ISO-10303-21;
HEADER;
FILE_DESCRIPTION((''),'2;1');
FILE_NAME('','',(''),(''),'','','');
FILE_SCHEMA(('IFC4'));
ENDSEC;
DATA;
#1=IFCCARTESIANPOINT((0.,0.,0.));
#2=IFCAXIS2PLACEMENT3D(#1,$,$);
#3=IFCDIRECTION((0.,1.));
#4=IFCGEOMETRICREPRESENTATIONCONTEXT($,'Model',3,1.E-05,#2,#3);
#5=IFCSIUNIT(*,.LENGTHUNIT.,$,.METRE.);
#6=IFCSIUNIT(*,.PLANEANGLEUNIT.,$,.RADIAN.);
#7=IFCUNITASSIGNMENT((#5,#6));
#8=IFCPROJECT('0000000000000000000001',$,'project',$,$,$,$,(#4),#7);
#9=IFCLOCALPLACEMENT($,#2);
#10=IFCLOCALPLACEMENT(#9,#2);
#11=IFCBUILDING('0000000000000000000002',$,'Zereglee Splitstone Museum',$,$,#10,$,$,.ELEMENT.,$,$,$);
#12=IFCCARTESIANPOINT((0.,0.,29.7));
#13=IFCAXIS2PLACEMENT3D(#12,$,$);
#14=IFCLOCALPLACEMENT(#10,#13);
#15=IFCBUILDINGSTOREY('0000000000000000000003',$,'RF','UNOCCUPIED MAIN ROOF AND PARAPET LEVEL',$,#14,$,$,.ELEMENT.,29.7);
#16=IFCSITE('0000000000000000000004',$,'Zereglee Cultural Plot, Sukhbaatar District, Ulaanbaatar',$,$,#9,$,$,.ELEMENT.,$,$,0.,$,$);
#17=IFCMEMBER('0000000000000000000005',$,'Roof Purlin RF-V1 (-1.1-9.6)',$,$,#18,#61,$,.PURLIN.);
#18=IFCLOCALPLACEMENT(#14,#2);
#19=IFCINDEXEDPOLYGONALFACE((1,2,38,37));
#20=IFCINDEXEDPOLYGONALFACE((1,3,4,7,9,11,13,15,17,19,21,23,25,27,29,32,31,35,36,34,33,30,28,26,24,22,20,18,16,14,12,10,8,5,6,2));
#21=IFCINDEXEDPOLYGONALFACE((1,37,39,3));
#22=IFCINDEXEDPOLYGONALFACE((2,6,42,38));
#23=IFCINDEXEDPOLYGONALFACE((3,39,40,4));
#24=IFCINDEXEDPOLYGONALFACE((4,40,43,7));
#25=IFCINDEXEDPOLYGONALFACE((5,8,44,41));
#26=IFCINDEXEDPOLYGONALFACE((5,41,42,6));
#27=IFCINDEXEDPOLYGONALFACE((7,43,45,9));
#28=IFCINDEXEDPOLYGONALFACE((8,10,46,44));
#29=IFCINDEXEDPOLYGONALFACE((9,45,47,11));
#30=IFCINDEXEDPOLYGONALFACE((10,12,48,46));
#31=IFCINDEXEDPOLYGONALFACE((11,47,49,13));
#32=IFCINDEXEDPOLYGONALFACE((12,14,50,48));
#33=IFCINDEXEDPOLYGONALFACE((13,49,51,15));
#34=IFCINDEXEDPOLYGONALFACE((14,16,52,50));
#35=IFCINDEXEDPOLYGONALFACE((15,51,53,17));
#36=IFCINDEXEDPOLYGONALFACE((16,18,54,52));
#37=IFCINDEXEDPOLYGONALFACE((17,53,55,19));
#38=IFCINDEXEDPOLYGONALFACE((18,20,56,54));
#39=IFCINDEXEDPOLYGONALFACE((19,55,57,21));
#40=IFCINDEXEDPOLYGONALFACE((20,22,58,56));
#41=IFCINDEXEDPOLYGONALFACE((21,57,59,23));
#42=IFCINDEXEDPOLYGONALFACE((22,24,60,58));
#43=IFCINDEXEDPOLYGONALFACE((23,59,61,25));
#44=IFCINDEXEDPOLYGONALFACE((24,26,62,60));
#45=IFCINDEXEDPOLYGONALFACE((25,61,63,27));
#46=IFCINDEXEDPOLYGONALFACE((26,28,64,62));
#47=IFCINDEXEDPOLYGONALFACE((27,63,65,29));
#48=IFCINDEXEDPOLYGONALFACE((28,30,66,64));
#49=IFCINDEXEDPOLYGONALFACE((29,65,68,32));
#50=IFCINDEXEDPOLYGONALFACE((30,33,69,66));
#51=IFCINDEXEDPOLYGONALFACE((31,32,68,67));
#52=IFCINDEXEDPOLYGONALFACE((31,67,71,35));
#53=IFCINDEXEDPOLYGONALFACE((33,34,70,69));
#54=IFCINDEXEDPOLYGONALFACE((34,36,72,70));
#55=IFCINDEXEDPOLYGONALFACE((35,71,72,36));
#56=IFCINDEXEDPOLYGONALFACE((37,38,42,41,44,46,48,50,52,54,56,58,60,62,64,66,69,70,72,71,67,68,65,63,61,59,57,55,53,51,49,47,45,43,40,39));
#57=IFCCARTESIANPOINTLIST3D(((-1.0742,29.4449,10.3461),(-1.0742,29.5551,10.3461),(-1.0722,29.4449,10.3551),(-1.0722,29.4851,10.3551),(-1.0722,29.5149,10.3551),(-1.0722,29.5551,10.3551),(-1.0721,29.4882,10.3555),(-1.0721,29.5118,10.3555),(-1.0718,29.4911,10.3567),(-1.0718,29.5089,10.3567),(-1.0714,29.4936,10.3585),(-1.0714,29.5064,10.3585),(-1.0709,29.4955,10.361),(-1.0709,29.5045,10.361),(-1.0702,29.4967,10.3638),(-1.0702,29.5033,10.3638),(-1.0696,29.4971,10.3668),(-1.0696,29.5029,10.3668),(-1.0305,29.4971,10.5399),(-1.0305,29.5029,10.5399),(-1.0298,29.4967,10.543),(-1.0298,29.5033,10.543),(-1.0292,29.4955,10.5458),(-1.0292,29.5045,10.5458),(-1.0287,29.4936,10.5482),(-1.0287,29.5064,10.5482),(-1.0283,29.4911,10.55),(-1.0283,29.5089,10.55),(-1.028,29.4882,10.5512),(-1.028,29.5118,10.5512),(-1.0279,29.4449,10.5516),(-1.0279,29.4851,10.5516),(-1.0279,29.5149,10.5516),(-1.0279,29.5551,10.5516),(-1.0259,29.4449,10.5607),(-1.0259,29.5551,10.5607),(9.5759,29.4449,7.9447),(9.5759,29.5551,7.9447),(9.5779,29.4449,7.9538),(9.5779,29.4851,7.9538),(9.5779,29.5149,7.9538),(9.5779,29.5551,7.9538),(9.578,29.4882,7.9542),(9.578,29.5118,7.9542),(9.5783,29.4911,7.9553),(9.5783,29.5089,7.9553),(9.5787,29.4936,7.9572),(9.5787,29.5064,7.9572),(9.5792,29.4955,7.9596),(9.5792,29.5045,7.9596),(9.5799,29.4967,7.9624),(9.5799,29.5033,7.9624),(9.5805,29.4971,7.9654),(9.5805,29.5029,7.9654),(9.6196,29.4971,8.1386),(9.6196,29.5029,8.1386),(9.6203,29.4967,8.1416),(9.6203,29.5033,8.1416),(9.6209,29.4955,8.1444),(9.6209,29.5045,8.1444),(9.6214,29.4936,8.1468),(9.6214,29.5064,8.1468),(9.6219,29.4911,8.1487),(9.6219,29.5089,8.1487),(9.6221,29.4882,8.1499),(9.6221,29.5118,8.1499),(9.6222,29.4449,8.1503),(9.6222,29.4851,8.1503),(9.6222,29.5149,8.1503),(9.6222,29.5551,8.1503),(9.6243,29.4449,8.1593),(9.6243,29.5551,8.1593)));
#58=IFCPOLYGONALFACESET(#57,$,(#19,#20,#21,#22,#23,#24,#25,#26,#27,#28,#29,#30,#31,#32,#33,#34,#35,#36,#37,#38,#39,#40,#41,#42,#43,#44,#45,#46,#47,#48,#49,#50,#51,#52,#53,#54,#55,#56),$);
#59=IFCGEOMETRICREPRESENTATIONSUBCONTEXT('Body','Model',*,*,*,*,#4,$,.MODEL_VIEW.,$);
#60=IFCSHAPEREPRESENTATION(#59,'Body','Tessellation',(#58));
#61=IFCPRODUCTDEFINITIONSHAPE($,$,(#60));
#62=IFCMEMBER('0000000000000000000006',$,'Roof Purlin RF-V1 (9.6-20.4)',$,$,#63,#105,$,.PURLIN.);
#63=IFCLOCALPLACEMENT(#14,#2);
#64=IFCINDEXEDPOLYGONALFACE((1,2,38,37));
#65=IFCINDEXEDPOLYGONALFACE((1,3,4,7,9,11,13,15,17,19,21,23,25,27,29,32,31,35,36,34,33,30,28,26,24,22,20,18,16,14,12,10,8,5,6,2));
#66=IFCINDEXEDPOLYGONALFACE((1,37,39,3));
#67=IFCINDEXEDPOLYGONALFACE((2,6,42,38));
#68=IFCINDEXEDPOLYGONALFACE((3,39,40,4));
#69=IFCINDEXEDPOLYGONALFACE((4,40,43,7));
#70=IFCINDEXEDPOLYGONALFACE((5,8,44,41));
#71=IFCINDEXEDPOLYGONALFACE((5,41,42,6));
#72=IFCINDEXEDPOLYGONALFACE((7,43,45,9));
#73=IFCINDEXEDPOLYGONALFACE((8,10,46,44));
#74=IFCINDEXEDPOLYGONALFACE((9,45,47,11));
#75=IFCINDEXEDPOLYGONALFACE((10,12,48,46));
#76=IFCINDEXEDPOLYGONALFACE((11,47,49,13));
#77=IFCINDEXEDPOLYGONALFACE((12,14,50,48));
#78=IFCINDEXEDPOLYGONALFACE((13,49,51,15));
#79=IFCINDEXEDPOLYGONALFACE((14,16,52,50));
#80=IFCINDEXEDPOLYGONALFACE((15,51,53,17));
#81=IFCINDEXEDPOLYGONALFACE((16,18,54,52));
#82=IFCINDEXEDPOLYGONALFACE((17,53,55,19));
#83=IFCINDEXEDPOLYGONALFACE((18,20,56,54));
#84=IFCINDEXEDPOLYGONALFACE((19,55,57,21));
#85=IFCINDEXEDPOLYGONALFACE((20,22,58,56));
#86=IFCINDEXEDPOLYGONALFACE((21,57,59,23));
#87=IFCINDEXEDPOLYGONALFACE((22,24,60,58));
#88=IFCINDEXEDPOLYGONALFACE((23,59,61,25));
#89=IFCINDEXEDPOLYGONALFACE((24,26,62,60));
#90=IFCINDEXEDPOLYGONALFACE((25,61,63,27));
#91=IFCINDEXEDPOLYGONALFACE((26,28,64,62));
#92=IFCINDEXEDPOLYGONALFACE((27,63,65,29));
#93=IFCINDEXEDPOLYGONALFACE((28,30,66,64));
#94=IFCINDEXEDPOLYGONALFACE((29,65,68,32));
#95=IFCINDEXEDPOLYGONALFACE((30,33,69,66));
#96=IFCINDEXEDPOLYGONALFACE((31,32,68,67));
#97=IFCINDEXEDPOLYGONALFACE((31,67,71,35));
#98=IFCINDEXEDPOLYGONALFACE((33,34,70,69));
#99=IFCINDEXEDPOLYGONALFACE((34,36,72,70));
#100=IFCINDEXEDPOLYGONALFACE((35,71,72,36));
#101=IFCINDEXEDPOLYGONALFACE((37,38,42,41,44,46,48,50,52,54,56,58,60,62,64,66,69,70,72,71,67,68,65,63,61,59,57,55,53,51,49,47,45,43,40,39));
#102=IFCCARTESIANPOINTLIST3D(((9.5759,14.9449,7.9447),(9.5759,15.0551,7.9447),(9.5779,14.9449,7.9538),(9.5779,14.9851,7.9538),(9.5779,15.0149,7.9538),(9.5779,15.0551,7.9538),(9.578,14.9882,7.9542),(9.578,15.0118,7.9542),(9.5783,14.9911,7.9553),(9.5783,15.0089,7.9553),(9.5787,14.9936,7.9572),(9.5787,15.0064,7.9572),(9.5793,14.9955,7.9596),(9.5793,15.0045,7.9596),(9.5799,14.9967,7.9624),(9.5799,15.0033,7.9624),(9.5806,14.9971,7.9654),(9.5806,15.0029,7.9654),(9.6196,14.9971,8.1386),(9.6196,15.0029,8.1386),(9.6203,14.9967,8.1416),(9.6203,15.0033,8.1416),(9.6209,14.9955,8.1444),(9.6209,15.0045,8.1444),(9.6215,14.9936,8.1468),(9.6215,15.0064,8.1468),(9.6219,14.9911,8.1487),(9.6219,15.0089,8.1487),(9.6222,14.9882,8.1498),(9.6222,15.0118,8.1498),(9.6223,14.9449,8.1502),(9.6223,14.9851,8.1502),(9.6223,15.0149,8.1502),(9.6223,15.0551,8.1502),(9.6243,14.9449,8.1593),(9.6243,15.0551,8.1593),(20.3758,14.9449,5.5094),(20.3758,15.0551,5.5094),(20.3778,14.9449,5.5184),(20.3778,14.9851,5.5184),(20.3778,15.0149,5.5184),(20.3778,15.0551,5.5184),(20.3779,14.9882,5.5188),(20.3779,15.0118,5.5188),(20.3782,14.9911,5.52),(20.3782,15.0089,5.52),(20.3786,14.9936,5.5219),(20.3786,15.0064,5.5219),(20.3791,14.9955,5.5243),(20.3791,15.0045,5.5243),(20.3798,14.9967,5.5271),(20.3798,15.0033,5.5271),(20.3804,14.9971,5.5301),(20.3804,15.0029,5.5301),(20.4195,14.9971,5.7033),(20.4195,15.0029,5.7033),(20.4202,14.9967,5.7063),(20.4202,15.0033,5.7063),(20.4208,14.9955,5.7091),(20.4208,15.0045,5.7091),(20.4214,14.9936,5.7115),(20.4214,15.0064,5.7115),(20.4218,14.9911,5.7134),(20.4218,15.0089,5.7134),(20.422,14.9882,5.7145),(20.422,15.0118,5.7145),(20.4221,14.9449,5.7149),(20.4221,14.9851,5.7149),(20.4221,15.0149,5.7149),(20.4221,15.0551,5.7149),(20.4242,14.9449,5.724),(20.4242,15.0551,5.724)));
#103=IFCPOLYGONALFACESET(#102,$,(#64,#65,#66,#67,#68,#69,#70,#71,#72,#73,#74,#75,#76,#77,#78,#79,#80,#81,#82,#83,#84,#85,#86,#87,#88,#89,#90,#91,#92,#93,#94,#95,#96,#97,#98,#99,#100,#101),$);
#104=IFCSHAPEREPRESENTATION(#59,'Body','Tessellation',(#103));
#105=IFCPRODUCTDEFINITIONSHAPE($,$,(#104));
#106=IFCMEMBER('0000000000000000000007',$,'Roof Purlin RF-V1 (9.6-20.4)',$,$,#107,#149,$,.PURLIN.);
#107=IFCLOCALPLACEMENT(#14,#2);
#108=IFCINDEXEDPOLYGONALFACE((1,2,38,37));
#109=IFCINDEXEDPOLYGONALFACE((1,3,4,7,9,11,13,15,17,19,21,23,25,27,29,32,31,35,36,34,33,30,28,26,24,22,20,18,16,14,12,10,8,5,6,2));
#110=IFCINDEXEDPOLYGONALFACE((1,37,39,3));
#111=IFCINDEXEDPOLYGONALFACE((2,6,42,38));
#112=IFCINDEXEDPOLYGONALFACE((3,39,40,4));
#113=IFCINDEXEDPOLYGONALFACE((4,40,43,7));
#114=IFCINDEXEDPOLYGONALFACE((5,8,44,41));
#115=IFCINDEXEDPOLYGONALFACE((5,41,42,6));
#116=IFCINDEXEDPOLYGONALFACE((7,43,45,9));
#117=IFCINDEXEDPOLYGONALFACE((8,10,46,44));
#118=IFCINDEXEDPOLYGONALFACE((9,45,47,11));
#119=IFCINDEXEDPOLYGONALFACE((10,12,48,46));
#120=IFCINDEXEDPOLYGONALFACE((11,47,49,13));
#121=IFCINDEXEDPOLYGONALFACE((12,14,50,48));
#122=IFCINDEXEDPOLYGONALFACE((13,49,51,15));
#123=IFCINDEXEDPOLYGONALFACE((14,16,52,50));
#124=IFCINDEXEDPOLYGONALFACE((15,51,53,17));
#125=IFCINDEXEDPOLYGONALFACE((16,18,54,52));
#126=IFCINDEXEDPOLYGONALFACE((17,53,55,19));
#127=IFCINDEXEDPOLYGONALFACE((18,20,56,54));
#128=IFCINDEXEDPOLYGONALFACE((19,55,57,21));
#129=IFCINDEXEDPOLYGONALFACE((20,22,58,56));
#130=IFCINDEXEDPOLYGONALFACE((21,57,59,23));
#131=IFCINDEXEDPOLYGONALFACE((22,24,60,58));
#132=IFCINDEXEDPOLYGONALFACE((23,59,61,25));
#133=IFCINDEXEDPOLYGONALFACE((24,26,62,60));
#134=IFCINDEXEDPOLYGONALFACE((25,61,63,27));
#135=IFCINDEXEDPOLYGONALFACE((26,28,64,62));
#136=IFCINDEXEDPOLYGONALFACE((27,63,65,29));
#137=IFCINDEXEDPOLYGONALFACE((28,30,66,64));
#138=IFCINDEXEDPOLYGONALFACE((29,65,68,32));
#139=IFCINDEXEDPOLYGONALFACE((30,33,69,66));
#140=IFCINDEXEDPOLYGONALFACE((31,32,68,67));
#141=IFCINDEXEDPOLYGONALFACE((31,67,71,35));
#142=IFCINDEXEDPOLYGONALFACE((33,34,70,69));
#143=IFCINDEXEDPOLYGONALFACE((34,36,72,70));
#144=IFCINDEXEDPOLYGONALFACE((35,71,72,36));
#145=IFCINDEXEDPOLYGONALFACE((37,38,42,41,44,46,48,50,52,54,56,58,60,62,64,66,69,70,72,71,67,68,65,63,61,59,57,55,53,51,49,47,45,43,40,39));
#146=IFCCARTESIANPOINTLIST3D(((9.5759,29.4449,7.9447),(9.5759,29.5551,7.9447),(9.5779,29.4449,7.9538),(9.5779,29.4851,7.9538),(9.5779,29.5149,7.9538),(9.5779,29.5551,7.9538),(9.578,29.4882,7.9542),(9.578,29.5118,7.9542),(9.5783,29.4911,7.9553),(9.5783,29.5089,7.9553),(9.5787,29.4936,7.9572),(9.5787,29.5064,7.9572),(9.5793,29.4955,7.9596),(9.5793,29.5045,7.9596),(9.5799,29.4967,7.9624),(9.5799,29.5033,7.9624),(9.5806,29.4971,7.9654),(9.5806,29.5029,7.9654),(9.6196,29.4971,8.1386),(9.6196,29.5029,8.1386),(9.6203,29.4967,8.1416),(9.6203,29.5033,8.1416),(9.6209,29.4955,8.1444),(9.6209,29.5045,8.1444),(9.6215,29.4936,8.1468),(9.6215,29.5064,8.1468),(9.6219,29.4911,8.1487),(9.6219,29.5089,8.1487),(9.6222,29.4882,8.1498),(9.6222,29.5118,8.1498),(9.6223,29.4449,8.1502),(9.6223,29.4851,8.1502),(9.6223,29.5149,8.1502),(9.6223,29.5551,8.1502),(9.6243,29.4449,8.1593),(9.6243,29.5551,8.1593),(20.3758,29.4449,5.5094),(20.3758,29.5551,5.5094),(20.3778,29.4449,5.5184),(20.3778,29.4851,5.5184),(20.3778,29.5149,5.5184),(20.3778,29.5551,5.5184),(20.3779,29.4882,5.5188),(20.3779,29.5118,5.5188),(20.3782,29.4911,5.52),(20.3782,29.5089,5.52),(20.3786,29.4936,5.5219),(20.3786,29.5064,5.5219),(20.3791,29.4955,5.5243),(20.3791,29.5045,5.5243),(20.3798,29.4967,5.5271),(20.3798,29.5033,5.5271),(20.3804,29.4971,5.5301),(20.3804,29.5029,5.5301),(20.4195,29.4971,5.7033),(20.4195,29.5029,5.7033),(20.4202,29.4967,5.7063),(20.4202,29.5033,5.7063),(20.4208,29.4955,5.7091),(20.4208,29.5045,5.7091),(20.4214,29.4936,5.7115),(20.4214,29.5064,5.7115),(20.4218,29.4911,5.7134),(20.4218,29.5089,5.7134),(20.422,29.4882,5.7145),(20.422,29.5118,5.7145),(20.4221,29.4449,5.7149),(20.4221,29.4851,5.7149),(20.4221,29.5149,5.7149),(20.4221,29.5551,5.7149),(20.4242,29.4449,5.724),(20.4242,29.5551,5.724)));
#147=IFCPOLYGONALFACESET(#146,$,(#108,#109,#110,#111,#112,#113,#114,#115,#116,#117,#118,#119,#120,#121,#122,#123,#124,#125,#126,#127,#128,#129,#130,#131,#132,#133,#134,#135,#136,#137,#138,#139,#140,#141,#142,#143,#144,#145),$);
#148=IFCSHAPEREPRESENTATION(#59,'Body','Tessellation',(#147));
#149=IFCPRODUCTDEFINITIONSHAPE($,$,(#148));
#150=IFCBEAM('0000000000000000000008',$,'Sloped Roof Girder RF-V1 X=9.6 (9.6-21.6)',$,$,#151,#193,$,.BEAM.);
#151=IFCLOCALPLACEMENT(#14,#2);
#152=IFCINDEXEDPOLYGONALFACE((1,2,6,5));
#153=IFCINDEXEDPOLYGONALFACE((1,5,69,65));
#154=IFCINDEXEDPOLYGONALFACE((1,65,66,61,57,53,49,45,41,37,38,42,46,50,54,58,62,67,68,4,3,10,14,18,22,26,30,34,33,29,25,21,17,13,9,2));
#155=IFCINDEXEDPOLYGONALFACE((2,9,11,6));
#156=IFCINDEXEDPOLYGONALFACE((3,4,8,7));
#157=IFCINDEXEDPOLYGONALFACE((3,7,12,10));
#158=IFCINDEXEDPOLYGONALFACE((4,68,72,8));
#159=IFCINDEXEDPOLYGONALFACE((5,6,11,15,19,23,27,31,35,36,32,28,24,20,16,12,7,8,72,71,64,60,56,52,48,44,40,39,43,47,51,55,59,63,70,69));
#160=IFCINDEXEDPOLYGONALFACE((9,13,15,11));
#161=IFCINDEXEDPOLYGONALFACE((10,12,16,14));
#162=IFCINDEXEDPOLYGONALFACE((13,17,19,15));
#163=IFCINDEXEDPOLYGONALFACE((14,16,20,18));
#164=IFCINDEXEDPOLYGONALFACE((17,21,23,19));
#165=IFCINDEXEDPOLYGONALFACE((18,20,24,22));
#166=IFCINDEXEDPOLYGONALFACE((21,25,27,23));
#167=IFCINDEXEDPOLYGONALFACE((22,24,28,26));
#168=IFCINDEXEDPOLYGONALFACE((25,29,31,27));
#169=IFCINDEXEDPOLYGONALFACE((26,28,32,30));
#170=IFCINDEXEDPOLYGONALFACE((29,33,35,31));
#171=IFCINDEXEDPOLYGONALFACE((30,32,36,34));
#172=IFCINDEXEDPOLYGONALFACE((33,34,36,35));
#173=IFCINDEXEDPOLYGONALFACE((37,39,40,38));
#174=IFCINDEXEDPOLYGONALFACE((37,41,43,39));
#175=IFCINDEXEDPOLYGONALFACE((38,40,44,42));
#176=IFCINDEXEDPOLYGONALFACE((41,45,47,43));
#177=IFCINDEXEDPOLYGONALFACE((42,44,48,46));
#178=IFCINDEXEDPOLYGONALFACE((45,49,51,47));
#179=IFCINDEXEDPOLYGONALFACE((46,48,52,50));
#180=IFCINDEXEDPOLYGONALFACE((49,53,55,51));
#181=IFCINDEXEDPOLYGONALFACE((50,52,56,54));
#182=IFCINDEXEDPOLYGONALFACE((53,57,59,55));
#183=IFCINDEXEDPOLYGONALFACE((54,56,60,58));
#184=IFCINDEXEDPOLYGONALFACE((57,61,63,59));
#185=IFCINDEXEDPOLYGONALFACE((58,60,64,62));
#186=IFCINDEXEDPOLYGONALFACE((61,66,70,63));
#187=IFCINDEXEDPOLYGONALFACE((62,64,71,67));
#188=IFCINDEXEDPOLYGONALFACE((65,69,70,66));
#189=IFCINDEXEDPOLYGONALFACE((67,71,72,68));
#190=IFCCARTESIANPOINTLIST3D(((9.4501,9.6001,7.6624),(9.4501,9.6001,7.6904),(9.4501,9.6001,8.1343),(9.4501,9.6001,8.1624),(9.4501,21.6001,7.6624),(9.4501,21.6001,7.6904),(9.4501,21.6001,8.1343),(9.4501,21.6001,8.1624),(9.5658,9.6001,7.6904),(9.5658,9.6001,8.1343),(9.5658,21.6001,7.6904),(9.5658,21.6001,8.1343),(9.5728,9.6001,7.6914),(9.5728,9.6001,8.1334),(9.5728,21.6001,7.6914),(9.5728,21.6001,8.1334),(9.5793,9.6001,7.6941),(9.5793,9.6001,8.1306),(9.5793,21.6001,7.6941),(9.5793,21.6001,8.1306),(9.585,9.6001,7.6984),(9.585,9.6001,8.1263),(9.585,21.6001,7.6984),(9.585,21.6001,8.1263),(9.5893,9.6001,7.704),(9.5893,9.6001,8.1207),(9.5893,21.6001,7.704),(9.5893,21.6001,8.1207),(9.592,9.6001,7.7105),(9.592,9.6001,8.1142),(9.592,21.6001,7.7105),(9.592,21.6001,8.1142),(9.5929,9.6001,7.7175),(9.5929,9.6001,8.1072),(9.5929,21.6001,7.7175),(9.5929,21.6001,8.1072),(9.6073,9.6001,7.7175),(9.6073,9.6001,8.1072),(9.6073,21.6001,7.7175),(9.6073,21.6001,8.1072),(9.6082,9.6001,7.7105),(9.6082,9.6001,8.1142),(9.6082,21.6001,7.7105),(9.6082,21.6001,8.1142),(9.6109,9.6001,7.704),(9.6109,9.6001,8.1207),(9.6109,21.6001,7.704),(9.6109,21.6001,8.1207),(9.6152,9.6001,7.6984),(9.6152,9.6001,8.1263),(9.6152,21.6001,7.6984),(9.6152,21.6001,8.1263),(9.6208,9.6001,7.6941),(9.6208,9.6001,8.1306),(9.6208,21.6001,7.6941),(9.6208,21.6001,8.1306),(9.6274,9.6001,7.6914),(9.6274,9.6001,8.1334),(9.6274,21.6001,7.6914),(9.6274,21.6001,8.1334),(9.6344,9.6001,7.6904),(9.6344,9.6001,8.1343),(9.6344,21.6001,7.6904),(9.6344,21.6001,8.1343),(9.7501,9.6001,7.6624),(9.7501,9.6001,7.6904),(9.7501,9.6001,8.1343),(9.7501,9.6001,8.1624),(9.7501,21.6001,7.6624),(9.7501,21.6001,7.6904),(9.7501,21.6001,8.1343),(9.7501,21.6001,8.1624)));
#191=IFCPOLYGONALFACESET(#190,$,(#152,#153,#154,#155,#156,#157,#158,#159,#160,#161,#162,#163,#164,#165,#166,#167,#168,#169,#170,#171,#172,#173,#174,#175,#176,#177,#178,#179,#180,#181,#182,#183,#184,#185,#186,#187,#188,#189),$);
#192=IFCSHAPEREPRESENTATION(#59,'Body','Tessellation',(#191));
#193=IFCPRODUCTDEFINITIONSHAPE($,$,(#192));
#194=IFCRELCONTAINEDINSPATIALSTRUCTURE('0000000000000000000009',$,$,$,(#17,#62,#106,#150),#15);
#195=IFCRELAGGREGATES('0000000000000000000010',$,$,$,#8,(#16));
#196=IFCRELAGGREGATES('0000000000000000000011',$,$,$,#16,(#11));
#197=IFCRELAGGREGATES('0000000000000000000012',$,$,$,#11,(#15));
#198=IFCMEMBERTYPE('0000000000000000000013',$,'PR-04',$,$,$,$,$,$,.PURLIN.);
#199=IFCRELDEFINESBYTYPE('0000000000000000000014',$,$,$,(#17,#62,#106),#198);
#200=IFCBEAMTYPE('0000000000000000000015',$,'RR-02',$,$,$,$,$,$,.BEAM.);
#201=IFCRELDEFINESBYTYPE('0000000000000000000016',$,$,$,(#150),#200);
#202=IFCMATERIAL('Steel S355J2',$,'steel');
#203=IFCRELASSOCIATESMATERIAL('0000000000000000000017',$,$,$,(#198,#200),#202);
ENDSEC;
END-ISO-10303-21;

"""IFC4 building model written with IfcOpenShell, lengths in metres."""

from ifc_helpers import new_model, si_unit, direction, frame, origin, origin_2d, place, context, subcontext, project, spatial, i_section, extrude, material, material_profile, profile_set, type_object, element, save


model = new_model("IFC4")

# Units and contexts
model_context = context("Model", 3, precision=1e-05, world=origin(), true_north=direction((0.0, 1.0)))
body_context = subcontext(model_context, "Body", "Model", "MODEL_VIEW")
ifc_project = project(units=[si_unit("LENGTHUNIT", "METRE"), si_unit("PLANEANGLEUNIT", "RADIAN")], contexts=[model_context])

# Site, building, storey
site_placement = place(None, origin())
site = spatial("IfcSite", under=ifc_project, at=site_placement, Name="Zereglee Cultural Plot, Sukhbaatar District, Ulaanbaatar", CompositionType="ELEMENT", RefElevation=0.0)
building_placement = place(site_placement, origin())
building = spatial("IfcBuilding", under=site, at=building_placement, Name="Zereglee Splitstone Museum", CompositionType="ELEMENT")
storey_placement = place(building_placement, frame((0.0, 0.0, 29.7)))
storey = spatial("IfcBuildingStorey", under=building, at=storey_placement, Name="RF", Description="UNOCCUPIED MAIN ROOF AND PARAPET LEVEL", CompositionType="ELEMENT", Elevation=29.7)

# Shared definitions
ifc_material_1 = material(Name="Steel S355J2", Category="steel")

# Members
ifc_material_profile_1 = material_profile(ifc_material_1, i_section(OverallWidth=0.1101, OverallDepth=0.22, WebThickness=0.0059, FlangeThickness=0.0093, FilletRadius=0.012, at=origin_2d()), Name="IPE 220")
ifc_profile_set_1 = profile_set([ifc_material_profile_1], Name="Steel S355J2")
member_type_1 = type_object("IfcMemberType", Name="PR-04", PredefinedType="PURLIN", material=ifc_profile_set_1)
for number, where, z_axis, x_axis, name in (
    (1, (-1.05, 29.5, 10.4534), (0.97551, 0.0, -0.219955), (0.0, 1.0, 0.0), "Roof Purlin RF-V1 (-1.1-9.6)"),
):
    element("IfcMember", number, at=place(storey_placement, frame(where, z_axis=z_axis, x_axis=x_axis)), inside=storey, type_object=member_type_1, Name=name, PredefinedType="PURLIN", context=body_context, shape_type="SweptSolid", body=[
        extrude(i_section(OverallWidth=0.1101, OverallDepth=0.22, WebThickness=0.0059, FlangeThickness=0.0093, FilletRadius=0.012, at=origin_2d()), origin(), (0.0, 0.0, 1.0), 10.9175),
    ])
for number, where, z_axis, x_axis, name in (
    (2, (9.6001, 15.0, 8.052), (0.975506, 0.0, -0.219972), (0.0, 1.0, 0.0), "Roof Purlin RF-V1 (9.6-20.4)"),
    (3, (9.6001, 29.5, 8.052), (0.975506, 0.0, -0.219972), (0.0, 1.0, 0.0), "Roof Purlin RF-V1 (9.6-20.4)"),
):
    element("IfcMember", number, at=place(storey_placement, frame(where, z_axis=z_axis, x_axis=x_axis)), inside=storey, type_object=member_type_1, Name=name, PredefinedType="PURLIN", context=body_context, shape_type="SweptSolid", body=[
        extrude(i_section(OverallWidth=0.1101, OverallDepth=0.22, WebThickness=0.0059, FlangeThickness=0.0093, FilletRadius=0.012, at=origin_2d()), origin(), (0.0, 0.0, 1.0), 11.071),
    ])

# Beam
ifc_material_profile_2 = material_profile(ifc_material_1, i_section(OverallWidth=0.3, OverallDepth=0.5, WebThickness=0.0144, FlangeThickness=0.0281, FilletRadius=0.0271, at=origin_2d()), Name="HE 500 B")
ifc_profile_set_2 = profile_set([ifc_material_profile_2], Name="Steel S355J2")
beam_type = type_object("IfcBeamType", Name="RR-02", PredefinedType="BEAM", material=ifc_profile_set_2)
beam_placement = place(storey_placement, frame((9.6001, 9.6001, 7.9124), z_axis=(0.0, 1.0, 0.0), x_axis=(-1.0, 0.0, 0.0)))
element("IfcBeam", 4, at=beam_placement, inside=storey, type_object=beam_type, Name="Sloped Roof Girder RF-V1 X=9.6 (9.6-21.6)", PredefinedType="BEAM", context=body_context, shape_type="SweptSolid", body=[
    extrude(i_section(OverallWidth=0.3, OverallDepth=0.5, WebThickness=0.0144, FlangeThickness=0.0281, FilletRadius=0.0271, at=origin_2d()), origin(), (0.0, 0.0, 1.0), 12.0),
])

save(model, "model.ifc")
